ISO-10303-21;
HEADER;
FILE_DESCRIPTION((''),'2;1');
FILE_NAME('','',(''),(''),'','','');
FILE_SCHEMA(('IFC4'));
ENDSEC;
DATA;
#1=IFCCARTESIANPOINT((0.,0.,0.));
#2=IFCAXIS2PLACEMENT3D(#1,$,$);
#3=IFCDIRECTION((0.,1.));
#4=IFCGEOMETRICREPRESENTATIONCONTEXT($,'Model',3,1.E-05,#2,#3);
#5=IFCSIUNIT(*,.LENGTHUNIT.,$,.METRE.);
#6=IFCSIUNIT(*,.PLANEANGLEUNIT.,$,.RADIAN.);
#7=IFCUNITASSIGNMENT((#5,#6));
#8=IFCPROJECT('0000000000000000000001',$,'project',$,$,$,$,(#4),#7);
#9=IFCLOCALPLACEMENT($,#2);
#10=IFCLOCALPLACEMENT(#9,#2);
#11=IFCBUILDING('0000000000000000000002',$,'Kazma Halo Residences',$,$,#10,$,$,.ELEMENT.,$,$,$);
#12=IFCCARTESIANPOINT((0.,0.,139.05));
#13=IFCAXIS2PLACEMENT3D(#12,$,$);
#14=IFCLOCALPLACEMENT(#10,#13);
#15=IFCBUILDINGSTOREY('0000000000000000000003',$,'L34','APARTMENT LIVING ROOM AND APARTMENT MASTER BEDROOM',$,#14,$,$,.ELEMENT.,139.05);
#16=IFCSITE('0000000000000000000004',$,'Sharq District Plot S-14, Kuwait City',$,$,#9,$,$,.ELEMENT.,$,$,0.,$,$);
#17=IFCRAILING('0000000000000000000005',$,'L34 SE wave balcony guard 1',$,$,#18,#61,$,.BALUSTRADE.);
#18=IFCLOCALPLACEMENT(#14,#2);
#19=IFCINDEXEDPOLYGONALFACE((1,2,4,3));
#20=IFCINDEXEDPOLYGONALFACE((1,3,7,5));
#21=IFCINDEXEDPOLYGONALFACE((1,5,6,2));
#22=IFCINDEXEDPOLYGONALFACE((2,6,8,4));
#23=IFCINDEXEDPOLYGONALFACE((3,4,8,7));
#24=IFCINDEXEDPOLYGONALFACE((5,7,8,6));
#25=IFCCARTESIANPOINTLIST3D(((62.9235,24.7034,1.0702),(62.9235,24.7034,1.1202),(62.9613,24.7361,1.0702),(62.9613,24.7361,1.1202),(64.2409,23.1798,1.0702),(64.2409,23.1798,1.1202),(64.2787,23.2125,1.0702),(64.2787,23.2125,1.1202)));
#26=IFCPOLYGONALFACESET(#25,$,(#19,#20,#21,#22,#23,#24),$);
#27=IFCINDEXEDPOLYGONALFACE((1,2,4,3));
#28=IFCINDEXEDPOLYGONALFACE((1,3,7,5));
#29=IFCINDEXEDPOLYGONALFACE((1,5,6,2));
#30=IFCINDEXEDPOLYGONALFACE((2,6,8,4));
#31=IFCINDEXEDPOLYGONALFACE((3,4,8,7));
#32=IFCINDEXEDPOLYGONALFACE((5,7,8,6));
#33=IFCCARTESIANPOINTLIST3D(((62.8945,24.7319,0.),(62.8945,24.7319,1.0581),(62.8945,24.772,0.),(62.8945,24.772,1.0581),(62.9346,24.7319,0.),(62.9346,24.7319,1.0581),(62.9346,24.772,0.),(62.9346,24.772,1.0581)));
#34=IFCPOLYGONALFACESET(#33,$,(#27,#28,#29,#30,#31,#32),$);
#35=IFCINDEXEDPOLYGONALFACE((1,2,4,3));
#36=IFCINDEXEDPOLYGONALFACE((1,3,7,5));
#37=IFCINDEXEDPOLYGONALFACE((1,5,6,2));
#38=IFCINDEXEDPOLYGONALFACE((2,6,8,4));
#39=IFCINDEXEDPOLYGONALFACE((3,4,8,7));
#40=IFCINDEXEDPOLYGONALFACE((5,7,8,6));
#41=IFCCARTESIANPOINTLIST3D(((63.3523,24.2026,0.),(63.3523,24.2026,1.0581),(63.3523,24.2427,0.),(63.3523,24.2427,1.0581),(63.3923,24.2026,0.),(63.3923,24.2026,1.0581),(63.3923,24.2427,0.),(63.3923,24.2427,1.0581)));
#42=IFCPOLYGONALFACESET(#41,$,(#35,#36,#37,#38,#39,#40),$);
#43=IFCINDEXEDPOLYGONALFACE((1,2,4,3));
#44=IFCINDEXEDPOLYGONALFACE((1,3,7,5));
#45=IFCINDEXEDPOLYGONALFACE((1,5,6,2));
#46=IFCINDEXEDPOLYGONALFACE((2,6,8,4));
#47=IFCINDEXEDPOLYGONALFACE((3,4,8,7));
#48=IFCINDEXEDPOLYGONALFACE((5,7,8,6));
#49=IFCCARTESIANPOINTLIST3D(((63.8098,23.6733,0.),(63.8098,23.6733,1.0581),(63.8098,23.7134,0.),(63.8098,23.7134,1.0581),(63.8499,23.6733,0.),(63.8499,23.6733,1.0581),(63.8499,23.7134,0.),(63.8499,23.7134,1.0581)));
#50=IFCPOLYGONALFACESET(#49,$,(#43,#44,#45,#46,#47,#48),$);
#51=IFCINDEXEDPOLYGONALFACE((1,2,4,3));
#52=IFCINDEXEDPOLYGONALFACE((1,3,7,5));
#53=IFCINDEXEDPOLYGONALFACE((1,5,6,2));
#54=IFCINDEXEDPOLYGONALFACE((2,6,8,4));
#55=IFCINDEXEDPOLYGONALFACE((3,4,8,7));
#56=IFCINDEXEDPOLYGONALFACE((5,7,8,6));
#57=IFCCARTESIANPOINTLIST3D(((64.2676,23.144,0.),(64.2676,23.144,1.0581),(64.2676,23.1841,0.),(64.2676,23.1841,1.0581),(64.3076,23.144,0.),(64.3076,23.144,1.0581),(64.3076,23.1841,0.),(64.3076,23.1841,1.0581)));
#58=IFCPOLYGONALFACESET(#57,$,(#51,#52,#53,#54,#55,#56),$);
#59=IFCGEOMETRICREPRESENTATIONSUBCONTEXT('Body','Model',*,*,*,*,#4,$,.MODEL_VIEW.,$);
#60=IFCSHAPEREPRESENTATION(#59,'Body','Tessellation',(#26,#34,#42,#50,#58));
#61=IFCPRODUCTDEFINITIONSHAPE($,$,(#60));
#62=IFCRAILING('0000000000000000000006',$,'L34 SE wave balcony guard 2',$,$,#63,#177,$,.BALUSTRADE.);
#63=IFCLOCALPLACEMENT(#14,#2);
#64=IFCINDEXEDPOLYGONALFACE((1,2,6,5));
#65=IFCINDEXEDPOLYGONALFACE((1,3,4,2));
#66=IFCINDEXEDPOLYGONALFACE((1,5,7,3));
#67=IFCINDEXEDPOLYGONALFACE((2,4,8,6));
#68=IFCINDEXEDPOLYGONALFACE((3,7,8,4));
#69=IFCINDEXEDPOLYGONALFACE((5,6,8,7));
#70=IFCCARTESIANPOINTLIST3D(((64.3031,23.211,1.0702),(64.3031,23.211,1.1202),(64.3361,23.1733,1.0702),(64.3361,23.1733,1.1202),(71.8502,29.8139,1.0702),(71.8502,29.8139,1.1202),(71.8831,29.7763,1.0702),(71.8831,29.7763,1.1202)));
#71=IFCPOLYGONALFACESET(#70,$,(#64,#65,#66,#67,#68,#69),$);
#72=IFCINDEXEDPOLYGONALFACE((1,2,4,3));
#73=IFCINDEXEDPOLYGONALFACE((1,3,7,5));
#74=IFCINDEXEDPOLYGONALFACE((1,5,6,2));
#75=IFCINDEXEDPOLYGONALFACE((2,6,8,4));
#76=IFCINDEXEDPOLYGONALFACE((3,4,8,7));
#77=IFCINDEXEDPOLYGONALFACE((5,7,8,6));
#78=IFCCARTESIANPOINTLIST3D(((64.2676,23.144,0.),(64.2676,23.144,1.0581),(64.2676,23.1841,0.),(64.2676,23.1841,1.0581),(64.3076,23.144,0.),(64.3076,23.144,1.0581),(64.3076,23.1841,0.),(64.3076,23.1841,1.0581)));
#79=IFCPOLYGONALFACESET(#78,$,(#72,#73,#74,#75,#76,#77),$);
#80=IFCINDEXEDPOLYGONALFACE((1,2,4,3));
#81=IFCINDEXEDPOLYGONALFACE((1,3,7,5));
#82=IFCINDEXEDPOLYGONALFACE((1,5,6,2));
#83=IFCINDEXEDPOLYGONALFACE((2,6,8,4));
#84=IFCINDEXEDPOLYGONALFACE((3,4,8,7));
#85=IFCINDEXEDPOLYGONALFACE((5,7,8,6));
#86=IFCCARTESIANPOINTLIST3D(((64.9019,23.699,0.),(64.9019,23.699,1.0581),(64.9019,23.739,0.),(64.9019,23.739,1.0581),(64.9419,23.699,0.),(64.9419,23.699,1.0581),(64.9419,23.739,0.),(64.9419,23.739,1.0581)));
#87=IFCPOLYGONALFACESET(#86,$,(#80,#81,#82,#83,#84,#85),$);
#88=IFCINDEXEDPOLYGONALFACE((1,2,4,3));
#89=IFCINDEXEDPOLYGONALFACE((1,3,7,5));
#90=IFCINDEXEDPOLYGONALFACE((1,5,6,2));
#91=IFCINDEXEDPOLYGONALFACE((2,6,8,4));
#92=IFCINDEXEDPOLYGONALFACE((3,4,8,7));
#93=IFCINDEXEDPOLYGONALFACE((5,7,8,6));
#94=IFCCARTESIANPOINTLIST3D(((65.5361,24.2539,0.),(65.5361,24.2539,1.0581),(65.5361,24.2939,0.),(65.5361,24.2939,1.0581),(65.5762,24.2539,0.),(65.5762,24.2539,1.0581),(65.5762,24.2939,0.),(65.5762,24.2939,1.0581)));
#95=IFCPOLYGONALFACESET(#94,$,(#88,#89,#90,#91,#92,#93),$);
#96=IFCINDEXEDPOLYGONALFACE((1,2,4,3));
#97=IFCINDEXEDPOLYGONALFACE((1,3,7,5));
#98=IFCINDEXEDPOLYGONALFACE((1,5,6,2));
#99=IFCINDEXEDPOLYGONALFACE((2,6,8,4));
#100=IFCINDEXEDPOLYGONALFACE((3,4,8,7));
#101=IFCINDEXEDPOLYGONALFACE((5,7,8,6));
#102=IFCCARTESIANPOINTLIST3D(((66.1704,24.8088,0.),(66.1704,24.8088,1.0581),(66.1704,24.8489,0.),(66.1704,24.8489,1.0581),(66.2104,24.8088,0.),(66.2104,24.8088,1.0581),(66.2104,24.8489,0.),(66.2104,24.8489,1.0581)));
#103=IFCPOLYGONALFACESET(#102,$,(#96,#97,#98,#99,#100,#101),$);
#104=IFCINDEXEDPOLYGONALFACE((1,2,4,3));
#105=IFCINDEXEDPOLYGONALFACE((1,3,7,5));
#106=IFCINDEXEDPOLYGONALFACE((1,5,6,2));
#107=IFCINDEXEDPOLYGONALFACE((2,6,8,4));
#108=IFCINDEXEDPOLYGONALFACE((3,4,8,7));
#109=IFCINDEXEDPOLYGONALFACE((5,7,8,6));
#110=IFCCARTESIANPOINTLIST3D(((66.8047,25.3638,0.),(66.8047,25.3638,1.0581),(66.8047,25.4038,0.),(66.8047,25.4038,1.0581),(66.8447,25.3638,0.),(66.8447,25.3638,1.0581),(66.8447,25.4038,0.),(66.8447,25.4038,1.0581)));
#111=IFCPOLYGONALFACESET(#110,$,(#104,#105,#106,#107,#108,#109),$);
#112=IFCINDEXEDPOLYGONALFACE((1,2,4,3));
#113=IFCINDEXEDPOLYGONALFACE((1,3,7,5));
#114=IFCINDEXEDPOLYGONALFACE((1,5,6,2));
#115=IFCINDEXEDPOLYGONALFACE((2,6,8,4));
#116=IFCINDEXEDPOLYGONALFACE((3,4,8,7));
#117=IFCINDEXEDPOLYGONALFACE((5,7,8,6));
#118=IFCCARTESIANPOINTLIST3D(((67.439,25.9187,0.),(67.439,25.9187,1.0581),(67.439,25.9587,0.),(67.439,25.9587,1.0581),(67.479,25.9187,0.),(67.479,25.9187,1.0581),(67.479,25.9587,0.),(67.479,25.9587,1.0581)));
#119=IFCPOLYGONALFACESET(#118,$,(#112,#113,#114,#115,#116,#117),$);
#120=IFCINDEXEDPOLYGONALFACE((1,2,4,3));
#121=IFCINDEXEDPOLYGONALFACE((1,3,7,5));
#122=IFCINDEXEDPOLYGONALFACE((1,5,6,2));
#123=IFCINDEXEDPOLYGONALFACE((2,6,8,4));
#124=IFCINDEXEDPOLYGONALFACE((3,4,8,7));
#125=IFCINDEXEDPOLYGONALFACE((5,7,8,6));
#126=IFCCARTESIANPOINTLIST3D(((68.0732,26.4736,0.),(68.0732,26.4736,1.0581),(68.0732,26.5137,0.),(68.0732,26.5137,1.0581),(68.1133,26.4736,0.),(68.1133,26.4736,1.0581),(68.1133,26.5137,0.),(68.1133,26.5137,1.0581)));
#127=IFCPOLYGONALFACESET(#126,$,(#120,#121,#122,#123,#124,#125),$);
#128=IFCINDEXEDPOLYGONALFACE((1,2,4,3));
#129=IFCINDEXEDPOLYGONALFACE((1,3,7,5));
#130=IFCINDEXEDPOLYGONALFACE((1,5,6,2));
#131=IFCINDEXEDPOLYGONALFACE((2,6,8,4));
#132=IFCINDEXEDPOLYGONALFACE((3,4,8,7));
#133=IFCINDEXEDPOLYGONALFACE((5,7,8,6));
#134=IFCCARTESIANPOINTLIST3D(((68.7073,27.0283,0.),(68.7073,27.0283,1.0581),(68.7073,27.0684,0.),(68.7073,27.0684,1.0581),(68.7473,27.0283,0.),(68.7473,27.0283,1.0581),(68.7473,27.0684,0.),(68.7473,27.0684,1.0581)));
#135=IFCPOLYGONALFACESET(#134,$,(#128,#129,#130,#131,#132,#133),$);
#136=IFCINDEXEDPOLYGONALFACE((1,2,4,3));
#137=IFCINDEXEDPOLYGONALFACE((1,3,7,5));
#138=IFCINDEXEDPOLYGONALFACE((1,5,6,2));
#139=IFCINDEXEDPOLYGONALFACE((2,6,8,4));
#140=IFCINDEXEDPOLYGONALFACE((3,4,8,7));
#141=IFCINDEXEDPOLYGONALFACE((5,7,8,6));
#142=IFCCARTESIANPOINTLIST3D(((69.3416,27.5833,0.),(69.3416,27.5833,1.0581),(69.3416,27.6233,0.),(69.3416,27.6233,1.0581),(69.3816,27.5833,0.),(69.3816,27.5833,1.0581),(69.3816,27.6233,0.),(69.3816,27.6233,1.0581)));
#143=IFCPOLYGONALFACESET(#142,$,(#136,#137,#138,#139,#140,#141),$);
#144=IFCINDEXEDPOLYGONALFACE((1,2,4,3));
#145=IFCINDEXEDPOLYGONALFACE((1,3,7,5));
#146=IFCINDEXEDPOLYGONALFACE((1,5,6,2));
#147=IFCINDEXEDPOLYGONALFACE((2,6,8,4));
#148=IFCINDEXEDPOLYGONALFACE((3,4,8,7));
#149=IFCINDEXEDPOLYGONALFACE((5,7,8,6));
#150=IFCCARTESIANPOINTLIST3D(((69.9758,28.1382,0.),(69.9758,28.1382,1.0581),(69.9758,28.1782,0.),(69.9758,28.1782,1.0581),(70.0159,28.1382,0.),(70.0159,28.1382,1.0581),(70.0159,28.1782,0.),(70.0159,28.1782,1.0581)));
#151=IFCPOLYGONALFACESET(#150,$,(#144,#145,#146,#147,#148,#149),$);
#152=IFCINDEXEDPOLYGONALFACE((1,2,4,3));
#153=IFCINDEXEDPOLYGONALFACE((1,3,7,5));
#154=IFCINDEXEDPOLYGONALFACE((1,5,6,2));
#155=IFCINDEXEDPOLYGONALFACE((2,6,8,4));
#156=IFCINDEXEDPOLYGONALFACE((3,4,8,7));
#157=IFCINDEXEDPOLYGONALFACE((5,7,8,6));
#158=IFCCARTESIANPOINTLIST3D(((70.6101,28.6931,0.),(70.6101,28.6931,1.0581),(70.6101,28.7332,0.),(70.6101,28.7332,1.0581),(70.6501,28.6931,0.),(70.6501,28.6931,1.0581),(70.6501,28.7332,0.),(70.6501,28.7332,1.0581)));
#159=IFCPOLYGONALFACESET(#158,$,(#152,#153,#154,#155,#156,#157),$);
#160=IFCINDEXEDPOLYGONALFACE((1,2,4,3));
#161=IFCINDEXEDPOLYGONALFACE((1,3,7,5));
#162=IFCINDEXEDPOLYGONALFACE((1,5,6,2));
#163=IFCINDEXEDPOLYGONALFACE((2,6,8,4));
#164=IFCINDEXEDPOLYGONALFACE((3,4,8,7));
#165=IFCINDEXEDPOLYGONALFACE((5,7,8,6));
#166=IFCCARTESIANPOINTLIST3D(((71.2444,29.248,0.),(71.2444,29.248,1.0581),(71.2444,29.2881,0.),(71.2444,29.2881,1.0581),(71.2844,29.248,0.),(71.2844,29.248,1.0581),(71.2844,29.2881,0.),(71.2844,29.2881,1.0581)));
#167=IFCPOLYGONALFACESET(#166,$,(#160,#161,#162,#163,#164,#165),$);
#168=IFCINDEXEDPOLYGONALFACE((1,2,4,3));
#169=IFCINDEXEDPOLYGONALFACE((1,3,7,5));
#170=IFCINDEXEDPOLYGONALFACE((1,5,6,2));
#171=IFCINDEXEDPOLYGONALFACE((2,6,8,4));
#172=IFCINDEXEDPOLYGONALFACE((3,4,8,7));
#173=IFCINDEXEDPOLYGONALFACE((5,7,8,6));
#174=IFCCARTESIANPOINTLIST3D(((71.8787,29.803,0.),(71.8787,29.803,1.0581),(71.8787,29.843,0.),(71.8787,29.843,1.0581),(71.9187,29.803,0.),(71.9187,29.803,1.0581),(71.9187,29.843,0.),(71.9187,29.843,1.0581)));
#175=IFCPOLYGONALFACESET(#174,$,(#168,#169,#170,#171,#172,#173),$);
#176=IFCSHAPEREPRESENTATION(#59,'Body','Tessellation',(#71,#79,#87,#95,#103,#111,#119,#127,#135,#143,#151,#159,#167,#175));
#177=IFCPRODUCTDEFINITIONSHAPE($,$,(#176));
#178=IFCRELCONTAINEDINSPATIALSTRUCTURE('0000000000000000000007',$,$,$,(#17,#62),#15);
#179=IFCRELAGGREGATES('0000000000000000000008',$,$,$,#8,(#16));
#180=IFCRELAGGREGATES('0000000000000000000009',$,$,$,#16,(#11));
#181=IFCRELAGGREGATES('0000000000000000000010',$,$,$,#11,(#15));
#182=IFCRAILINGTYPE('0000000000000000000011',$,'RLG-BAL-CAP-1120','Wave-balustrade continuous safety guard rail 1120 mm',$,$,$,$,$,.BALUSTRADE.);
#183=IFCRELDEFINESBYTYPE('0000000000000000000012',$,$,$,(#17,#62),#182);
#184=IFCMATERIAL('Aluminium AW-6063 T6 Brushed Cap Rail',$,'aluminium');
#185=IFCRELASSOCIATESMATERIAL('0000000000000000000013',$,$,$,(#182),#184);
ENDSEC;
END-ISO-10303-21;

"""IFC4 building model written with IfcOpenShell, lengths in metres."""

from ifc_helpers import new_model, si_unit, direction, frame, origin, origin_2d, place, context, subcontext, project, spatial, rectangle, extrude, material, type_object, element, save


model = new_model("IFC4")

# Units and contexts
model_context = context("Model", 3, precision=1e-05, world=origin(), true_north=direction((0.0, 1.0)))
body_context = subcontext(model_context, "Body", "Model", "MODEL_VIEW")
ifc_project = project(units=[si_unit("LENGTHUNIT", "METRE"), si_unit("PLANEANGLEUNIT", "RADIAN")], contexts=[model_context])

# Site, building, storey
site_placement = place(None, origin())
site = spatial("IfcSite", under=ifc_project, at=site_placement, Name="Sharq District Plot S-14, Kuwait City", CompositionType="ELEMENT", RefElevation=0.0)
building_placement = place(site_placement, origin())
building = spatial("IfcBuilding", under=site, at=building_placement, Name="Kazma Halo Residences", CompositionType="ELEMENT")
storey_placement = place(building_placement, frame((0.0, 0.0, 139.05)))
storey = spatial("IfcBuildingStorey", under=building, at=storey_placement, Name="L34", Description="APARTMENT LIVING ROOM AND APARTMENT MASTER BEDROOM", CompositionType="ELEMENT", Elevation=139.05)

# Railings
ifc_material_1 = material(Name="Aluminium AW-6063 T6 Brushed Cap Rail", Category="aluminium")
railing_type = type_object("IfcRailingType", Name="RLG-BAL-CAP-1120", Description="Wave-balustrade continuous safety guard rail 1120 mm", PredefinedType="BALUSTRADE", material=ifc_material_1)
railing_1_placement = place(storey_placement, frame((62.9146, 24.752, 0.0)))
element("IfcRailing", 1, at=railing_1_placement, inside=storey, type_object=railing_type, Name="L34 SE wave balcony guard 1", PredefinedType="BALUSTRADE", context=body_context, shape_type="SweptSolid", body=[
    extrude(rectangle(XDim=0.05, YDim=0.05, at=origin_2d()), frame((0.0278, -0.0322, 1.0952), z_axis=(0.65408, -0.756425, 0.0), x_axis=(0.756425, 0.65408, 0.0)), (0.0, 0.0, 1.0), 2.0142),
    extrude(rectangle(XDim=0.04, YDim=0.04, at=origin_2d()), origin(), (0.0, 0.0, 1.0), 1.0581),
    extrude(rectangle(XDim=0.04, YDim=0.04, at=origin_2d()), frame((0.4578, -0.5293, 0.0)), (0.0, 0.0, 1.0), 1.0581),
    extrude(rectangle(XDim=0.04, YDim=0.04, at=origin_2d()), frame((0.9153, -1.0586, 0.0)), (0.0, 0.0, 1.0), 1.0581),
    extrude(rectangle(XDim=0.04, YDim=0.04, at=origin_2d()), frame((1.373, -1.5879, 0.0)), (0.0, 0.0, 1.0), 1.0581),
])
railing_2_placement = place(storey_placement, frame((64.2876, 23.1641, 0.0)))
element("IfcRailing", 2, at=railing_2_placement, inside=storey, type_object=railing_type, Name="L34 SE wave balcony guard 2", PredefinedType="BALUSTRADE", context=body_context, shape_type="SweptSolid", body=[
    extrude(rectangle(XDim=0.05, YDim=0.05, at=origin_2d()), frame((0.032, 0.0281, 1.0952), z_axis=(0.752614, 0.658462, 0.0), x_axis=(-0.658462, 0.752614, 0.0)), (0.0, 0.0, 1.0), 10.0278),
    extrude(rectangle(XDim=0.04, YDim=0.04, at=origin_2d()), origin(), (0.0, 0.0, 1.0), 1.0581),
    extrude(rectangle(XDim=0.04, YDim=0.04, at=origin_2d()), frame((0.6343, 0.5549, 0.0)), (0.0, 0.0, 1.0), 1.0581),
    extrude(rectangle(XDim=0.04, YDim=0.04, at=origin_2d()), frame((1.2686, 1.1099, 0.0)), (0.0, 0.0, 1.0), 1.0581),
    extrude(rectangle(XDim=0.04, YDim=0.04, at=origin_2d()), frame((1.9028, 1.6648, 0.0)), (0.0, 0.0, 1.0), 1.0581),
    extrude(rectangle(XDim=0.04, YDim=0.04, at=origin_2d()), frame((2.5371, 2.2197, 0.0)), (0.0, 0.0, 1.0), 1.0581),
    extrude(rectangle(XDim=0.04, YDim=0.04, at=origin_2d()), frame((3.1714, 2.7747, 0.0)), (0.0, 0.0, 1.0), 1.0581),
    extrude(rectangle(XDim=0.04, YDim=0.04, at=origin_2d()), frame((3.8057, 3.3296, 0.0)), (0.0, 0.0, 1.0), 1.0581),
    extrude(rectangle(XDim=0.04, YDim=0.04, at=origin_2d()), frame((4.4397, 3.8843, 0.0)), (0.0, 0.0, 1.0), 1.0581),
    extrude(rectangle(XDim=0.04, YDim=0.04, at=origin_2d()), frame((5.074, 4.4392, 0.0)), (0.0, 0.0, 1.0), 1.0581),
    extrude(rectangle(XDim=0.04, YDim=0.04, at=origin_2d()), frame((5.7083, 4.9941, 0.0)), (0.0, 0.0, 1.0), 1.0581),
    extrude(rectangle(XDim=0.04, YDim=0.04, at=origin_2d()), frame((6.3425, 5.5491, 0.0)), (0.0, 0.0, 1.0), 1.0581),
    extrude(rectangle(XDim=0.04, YDim=0.04, at=origin_2d()), frame((6.9768, 6.104, 0.0)), (0.0, 0.0, 1.0), 1.0581),
    extrude(rectangle(XDim=0.04, YDim=0.04, at=origin_2d()), frame((7.6111, 6.6589, 0.0)), (0.0, 0.0, 1.0), 1.0581),
])

save(model, "model.ifc")
